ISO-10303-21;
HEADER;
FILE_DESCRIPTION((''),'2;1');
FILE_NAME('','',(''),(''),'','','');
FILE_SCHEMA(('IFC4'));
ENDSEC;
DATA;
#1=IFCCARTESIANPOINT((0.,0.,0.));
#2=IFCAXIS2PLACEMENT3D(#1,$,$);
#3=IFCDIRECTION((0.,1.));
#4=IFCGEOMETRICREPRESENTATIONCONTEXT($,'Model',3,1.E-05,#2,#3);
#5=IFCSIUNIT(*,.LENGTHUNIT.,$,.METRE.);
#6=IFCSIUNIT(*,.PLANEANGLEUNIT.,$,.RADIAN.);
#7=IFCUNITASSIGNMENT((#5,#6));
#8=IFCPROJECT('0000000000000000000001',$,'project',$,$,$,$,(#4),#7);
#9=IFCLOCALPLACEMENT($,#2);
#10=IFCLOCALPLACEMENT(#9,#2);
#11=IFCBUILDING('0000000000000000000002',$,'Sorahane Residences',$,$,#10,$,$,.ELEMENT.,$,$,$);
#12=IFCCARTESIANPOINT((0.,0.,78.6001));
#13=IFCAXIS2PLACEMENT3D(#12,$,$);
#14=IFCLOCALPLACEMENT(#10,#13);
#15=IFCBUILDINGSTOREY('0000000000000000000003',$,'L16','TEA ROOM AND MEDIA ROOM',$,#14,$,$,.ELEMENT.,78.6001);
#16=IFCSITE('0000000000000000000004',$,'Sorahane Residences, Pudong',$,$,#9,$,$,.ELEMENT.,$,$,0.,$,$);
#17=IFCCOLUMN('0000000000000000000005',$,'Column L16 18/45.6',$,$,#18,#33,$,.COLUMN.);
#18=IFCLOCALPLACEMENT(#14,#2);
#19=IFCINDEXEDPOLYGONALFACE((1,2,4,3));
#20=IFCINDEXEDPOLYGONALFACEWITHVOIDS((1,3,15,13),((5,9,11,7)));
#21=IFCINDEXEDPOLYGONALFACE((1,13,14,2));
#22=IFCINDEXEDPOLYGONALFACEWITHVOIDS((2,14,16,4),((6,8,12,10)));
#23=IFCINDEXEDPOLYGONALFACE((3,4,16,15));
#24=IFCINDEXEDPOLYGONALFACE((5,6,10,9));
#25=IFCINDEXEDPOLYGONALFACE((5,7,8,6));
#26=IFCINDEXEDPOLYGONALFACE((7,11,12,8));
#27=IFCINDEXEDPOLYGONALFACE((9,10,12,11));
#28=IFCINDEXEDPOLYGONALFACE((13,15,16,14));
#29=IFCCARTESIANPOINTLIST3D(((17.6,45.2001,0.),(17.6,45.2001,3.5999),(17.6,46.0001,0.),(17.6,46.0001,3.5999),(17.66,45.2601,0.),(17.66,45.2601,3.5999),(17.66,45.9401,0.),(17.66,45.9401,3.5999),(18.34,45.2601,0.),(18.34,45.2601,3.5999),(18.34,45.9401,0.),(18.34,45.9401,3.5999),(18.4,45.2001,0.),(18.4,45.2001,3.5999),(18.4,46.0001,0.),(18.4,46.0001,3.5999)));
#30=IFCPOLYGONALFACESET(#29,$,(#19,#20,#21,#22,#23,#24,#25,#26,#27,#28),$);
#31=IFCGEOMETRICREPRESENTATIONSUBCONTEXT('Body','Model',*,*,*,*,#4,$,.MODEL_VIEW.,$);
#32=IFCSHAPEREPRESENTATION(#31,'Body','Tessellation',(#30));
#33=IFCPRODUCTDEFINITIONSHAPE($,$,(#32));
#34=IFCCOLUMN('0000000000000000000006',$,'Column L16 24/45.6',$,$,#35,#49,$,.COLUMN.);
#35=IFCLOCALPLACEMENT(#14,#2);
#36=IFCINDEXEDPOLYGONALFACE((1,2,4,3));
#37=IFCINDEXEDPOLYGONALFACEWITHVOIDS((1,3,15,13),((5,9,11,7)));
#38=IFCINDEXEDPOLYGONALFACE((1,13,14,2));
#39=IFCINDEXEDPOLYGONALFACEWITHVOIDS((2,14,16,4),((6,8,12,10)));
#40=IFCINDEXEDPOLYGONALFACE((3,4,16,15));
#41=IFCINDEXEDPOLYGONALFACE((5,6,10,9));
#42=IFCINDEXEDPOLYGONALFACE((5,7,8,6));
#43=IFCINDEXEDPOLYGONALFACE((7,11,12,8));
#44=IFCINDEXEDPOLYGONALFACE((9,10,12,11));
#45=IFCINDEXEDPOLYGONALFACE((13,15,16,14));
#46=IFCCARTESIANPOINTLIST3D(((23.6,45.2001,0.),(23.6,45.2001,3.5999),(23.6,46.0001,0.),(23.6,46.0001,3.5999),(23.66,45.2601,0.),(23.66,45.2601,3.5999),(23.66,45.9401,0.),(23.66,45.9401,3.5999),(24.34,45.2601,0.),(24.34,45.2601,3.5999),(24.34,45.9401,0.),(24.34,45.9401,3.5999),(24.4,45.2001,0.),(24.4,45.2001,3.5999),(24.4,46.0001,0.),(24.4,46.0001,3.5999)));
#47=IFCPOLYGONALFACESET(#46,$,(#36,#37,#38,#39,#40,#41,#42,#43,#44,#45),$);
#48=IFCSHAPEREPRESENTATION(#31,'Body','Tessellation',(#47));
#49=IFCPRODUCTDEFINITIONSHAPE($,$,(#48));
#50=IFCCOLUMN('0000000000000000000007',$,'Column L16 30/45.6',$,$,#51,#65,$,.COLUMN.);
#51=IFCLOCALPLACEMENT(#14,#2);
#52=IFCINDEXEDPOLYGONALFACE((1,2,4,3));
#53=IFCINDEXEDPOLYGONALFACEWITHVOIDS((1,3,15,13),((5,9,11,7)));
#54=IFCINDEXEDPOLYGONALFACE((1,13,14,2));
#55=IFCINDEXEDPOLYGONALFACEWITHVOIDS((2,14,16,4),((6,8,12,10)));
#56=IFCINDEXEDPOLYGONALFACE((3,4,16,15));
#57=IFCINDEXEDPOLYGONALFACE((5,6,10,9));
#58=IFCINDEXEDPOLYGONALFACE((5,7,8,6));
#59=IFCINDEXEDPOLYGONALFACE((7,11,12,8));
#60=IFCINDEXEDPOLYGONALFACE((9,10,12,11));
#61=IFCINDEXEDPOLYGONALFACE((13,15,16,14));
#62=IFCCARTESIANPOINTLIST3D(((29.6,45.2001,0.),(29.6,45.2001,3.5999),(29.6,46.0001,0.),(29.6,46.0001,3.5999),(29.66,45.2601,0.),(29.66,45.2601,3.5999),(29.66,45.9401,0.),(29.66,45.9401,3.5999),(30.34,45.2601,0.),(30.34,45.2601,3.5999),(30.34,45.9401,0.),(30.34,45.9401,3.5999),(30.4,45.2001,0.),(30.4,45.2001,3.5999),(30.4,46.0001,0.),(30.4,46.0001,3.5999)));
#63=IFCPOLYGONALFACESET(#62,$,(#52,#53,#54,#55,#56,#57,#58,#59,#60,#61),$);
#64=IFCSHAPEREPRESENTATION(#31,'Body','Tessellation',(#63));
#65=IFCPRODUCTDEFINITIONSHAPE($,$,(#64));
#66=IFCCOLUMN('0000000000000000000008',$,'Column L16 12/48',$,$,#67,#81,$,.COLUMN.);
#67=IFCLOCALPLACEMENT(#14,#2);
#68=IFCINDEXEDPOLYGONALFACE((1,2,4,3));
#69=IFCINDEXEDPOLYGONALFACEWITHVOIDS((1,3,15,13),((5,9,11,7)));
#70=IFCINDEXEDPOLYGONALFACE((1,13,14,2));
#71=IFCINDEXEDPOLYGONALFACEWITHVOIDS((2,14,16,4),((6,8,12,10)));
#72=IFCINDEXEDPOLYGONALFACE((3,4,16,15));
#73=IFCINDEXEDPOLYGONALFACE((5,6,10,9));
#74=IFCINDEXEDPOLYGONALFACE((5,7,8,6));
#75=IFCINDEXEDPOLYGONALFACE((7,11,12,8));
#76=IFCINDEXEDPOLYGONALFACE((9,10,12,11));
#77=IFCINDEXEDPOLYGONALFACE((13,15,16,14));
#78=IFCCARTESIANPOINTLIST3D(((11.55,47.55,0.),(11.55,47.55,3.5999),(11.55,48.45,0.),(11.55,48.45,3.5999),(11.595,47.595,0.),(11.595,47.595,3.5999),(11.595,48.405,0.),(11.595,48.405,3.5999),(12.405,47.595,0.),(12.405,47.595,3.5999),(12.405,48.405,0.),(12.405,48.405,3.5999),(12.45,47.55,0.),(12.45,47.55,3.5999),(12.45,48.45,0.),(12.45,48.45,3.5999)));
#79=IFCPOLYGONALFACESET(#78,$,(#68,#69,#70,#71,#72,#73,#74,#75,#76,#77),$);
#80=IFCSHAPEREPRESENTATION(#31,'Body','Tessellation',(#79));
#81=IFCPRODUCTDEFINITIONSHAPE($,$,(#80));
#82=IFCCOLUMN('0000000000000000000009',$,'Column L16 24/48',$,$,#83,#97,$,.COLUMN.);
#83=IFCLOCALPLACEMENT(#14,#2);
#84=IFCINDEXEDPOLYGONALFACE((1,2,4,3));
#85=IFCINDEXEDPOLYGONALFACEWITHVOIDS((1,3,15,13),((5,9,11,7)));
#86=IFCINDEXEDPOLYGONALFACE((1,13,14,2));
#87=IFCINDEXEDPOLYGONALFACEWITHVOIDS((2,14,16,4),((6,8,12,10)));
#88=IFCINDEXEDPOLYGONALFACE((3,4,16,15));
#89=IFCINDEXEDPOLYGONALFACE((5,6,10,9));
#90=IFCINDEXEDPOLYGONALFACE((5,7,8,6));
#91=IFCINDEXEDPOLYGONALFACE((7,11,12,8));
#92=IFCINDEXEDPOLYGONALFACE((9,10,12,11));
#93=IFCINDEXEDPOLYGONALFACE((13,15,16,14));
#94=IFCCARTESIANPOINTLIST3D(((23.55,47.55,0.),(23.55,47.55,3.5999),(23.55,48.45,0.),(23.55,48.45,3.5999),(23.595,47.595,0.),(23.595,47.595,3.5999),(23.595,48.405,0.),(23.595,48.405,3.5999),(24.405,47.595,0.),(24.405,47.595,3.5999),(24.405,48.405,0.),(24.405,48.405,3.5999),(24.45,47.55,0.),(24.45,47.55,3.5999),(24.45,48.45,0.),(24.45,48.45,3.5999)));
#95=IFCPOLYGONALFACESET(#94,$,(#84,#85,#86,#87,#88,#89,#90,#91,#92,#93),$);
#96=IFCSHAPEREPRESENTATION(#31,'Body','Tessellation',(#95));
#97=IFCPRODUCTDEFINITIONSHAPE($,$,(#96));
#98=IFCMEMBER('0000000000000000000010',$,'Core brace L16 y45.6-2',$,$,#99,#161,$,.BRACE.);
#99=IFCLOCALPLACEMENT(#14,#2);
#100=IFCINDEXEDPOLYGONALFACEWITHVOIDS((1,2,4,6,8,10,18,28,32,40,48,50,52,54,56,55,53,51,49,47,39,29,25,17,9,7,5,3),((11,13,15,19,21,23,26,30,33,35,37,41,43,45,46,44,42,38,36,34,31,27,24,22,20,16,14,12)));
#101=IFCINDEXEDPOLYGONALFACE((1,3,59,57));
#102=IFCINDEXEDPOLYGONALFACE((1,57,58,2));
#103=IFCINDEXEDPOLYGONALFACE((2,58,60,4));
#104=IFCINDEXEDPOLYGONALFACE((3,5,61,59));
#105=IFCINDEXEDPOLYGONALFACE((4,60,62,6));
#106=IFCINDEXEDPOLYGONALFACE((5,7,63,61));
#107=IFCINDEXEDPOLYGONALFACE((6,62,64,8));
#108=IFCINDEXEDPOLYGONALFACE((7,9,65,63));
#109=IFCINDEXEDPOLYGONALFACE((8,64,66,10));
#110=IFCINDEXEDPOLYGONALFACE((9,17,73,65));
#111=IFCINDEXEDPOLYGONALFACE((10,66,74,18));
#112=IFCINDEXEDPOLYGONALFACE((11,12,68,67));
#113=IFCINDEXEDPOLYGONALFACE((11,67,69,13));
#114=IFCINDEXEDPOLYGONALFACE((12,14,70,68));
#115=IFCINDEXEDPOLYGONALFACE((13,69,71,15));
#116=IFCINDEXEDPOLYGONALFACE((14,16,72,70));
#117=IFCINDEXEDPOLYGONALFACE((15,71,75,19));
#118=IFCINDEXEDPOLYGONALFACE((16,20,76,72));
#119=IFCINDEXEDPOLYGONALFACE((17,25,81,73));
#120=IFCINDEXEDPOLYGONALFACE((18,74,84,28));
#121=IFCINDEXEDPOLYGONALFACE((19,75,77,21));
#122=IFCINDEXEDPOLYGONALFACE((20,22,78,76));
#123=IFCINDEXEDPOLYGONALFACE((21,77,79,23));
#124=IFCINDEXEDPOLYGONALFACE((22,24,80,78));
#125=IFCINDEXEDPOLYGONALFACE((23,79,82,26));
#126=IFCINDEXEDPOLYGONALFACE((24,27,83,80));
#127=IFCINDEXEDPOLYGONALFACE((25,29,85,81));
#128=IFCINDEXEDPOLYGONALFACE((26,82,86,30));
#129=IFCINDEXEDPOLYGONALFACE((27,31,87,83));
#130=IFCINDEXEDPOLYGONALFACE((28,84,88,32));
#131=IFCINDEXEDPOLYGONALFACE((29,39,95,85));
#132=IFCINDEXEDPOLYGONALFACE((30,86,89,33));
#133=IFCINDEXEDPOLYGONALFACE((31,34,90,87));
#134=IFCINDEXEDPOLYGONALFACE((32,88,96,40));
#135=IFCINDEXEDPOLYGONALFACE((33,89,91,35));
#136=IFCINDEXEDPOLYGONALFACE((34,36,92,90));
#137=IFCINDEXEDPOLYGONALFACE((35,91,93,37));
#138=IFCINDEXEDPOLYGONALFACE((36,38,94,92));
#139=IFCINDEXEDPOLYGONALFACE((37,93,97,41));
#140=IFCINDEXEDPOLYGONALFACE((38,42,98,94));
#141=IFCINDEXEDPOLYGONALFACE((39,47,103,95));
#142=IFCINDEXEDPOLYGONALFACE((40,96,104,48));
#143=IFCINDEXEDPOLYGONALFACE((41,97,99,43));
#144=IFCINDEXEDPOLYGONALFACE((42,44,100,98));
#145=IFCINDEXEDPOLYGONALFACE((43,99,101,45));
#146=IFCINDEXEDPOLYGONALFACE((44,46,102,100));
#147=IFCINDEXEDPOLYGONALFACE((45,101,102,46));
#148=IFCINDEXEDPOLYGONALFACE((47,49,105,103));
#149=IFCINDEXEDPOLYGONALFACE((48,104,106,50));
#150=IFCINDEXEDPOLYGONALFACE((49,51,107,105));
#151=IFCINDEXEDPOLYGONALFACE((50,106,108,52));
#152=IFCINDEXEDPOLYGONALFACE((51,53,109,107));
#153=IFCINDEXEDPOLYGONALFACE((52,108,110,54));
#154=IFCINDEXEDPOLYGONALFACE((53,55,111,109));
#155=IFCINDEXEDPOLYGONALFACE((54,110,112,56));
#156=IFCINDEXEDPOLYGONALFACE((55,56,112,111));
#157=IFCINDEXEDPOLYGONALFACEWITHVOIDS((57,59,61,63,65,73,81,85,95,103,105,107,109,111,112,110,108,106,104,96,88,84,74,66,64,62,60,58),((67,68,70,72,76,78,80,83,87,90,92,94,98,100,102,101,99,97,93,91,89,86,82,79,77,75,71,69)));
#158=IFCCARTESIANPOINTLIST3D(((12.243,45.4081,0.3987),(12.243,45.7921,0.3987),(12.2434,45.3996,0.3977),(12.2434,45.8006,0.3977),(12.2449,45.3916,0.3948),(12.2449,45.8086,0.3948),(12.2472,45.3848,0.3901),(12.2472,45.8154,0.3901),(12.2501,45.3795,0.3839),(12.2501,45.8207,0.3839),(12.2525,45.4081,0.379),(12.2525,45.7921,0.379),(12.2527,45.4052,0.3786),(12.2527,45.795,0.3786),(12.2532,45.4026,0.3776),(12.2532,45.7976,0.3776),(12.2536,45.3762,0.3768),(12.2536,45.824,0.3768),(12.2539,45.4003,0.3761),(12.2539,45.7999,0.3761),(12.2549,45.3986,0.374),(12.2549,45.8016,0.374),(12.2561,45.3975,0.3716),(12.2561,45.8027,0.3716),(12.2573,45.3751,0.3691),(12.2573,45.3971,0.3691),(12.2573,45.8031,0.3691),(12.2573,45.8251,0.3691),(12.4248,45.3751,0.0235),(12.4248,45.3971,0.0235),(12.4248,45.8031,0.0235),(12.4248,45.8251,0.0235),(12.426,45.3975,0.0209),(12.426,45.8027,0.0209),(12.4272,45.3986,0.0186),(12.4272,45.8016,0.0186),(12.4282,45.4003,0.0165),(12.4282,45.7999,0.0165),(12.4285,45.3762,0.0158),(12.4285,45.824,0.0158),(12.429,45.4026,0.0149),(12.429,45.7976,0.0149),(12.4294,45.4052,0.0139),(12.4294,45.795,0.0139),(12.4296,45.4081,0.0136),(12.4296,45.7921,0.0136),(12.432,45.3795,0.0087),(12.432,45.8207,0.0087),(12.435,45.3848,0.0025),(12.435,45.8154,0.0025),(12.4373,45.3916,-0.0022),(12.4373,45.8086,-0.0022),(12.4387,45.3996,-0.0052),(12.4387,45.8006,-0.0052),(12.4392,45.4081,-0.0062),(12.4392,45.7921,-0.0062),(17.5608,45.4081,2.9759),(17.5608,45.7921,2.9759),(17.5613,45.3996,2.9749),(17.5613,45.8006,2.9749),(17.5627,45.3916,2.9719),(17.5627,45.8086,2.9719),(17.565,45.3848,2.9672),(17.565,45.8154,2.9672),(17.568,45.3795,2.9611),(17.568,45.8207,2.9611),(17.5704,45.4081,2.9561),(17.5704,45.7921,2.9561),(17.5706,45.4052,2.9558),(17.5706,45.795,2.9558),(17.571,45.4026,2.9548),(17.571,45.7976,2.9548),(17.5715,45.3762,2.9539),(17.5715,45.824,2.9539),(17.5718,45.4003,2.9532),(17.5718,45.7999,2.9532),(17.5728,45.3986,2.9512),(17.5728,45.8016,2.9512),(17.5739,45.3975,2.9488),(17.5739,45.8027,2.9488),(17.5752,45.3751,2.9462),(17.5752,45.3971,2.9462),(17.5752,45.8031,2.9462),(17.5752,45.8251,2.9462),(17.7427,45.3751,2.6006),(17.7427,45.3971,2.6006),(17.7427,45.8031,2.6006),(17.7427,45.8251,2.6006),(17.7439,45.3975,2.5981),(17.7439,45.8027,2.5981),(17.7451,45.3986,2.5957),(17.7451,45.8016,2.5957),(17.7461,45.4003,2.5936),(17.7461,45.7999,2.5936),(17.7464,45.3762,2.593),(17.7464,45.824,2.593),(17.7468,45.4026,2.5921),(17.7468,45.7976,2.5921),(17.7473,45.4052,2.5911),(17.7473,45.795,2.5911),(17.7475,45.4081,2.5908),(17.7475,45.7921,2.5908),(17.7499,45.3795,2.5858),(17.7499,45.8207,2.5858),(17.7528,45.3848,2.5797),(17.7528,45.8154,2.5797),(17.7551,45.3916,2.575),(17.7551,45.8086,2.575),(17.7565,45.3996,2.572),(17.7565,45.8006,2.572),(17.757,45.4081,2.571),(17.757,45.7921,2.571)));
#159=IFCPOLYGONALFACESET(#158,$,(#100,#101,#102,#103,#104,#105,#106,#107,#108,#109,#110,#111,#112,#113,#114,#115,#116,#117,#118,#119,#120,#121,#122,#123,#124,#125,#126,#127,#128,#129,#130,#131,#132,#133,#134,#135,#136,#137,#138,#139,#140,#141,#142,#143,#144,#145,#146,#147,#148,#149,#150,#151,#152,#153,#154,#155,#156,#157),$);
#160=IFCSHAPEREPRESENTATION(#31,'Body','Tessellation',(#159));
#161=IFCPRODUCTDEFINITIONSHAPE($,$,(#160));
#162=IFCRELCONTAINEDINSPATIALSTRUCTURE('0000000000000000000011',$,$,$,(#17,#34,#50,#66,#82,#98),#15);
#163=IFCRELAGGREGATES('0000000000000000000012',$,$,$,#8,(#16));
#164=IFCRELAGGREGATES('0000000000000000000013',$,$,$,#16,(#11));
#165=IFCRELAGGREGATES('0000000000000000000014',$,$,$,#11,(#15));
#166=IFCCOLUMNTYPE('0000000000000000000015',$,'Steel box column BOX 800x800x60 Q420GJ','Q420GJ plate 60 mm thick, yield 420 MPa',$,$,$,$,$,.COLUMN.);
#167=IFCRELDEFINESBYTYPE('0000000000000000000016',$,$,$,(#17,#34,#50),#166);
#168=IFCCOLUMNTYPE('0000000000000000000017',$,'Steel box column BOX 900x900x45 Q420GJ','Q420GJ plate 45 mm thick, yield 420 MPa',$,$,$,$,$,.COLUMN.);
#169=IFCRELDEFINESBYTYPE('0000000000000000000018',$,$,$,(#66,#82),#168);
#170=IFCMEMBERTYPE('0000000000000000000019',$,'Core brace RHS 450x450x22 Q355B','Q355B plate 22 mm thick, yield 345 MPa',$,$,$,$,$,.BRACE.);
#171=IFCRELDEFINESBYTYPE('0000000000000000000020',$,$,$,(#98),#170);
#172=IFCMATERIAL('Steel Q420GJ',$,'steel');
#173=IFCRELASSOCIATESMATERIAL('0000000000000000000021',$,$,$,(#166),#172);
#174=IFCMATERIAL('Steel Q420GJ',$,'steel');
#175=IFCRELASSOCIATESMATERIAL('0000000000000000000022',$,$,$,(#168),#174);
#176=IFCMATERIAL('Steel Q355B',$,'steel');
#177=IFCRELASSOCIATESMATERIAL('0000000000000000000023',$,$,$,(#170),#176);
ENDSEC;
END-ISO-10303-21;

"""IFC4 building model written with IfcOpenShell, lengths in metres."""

from ifc_helpers import new_model, si_unit, direction, frame, origin, origin_2d, place, context, subcontext, project, spatial, hollow_rectangle, extrude, material, material_profile, profile_set, type_object, element, save


model = new_model("IFC4")

# Units and contexts
model_context = context("Model", 3, precision=1e-05, world=origin(), true_north=direction((0.0, 1.0)))
body_context = subcontext(model_context, "Body", "Model", "MODEL_VIEW")
ifc_project = project(units=[si_unit("LENGTHUNIT", "METRE"), si_unit("PLANEANGLEUNIT", "RADIAN")], contexts=[model_context])

# Site, building, storey
site_placement = place(None, origin())
site = spatial("IfcSite", under=ifc_project, at=site_placement, Name="Sorahane Residences, Pudong", CompositionType="ELEMENT", RefElevation=0.0)
building_placement = place(site_placement, origin())
building = spatial("IfcBuilding", under=site, at=building_placement, Name="Sorahane Residences", CompositionType="ELEMENT")
storey_placement = place(building_placement, frame((0.0, 0.0, 78.6001)))
storey = spatial("IfcBuildingStorey", under=building, at=storey_placement, Name="L16", Description="TEA ROOM AND MEDIA ROOM", CompositionType="ELEMENT", Elevation=78.6001)

# Columns
ifc_material_1 = material(Name="Steel Q420GJ", Category="steel")
ifc_material_profile_1 = material_profile(ifc_material_1, hollow_rectangle(XDim=0.8, YDim=0.8, WallThickness=0.0601, at=origin_2d()), Name="BOX 800x800x60")
ifc_profile_set_1 = profile_set([ifc_material_profile_1], Name="Steel Q420GJ")
column_type_1 = type_object("IfcColumnType", Name="Steel box column BOX 800x800x60 Q420GJ", Description="Q420GJ plate 60 mm thick, yield 420 MPa", PredefinedType="COLUMN", material=ifc_profile_set_1)
for number, where, z_axis, x_axis, name in (
    (1, (18.0, 45.6001, 0.0), (0.0, 0.0, 1.0), (1.0, 0.0, 0.0), "Column L16 18/45.6"),
    (2, (24.0, 45.6001, 0.0), (0.0, 0.0, 1.0), (1.0, 0.0, 0.0), "Column L16 24/45.6"),
    (3, (30.0, 45.6001, 0.0), (0.0, 0.0, 1.0), (1.0, 0.0, 0.0), "Column L16 30/45.6"),
):
    element("IfcColumn", number, at=place(storey_placement, frame(where, z_axis=z_axis, x_axis=x_axis)), inside=storey, type_object=column_type_1, Name=name, PredefinedType="COLUMN", context=body_context, shape_type="SweptSolid", body=[
        extrude(hollow_rectangle(XDim=0.8, YDim=0.8, WallThickness=0.0601, at=origin_2d()), origin(), (0.0, 0.0, 1.0), 3.5999),
    ])
ifc_material_2 = material(Name="Steel Q420GJ", Category="steel")
ifc_material_profile_2 = material_profile(ifc_material_2, hollow_rectangle(XDim=0.8999, YDim=0.8999, WallThickness=0.0449, at=origin_2d()), Name="BOX 900x900x45")
ifc_profile_set_2 = profile_set([ifc_material_profile_2], Name="Steel Q420GJ")
column_type_2 = type_object("IfcColumnType", Name="Steel box column BOX 900x900x45 Q420GJ", Description="Q420GJ plate 45 mm thick, yield 420 MPa", PredefinedType="COLUMN", material=ifc_profile_set_2)
for number, where, z_axis, x_axis, name in (
    (4, (12.0, 48.0, 0.0), (0.0, 0.0, 1.0), (1.0, 0.0, 0.0), "Column L16 12/48"),
    (5, (24.0, 48.0, 0.0), (0.0, 0.0, 1.0), (1.0, 0.0, 0.0), "Column L16 24/48"),
):
    element("IfcColumn", number, at=place(storey_placement, frame(where, z_axis=z_axis, x_axis=x_axis)), inside=storey, type_object=column_type_2, Name=name, PredefinedType="COLUMN", context=body_context, shape_type="SweptSolid", body=[
        extrude(hollow_rectangle(XDim=0.8999, YDim=0.8999, WallThickness=0.0449, at=origin_2d()), origin(), (0.0, 0.0, 1.0), 3.5999),
    ])

# Member
ifc_material_3 = material(Name="Steel Q355B", Category="steel")
ifc_material_profile_3 = material_profile(ifc_material_3, hollow_rectangle(XDim=0.45, YDim=0.45, WallThickness=0.022, InnerFilletRadius=0.011, OuterFilletRadius=0.033, at=origin_2d()), Name="RHS 450x450x22")
ifc_profile_set_3 = profile_set([ifc_material_profile_3], Name="Steel Q355B")
member_type_1 = type_object("IfcMemberType", Name="Core brace RHS 450x450x22 Q355B", Description="Q355B plate 22 mm thick, yield 345 MPa", PredefinedType="BRACE", material=ifc_profile_set_3)
for number, where, z_axis, x_axis, name in (
    (6, (12.3411, 45.6001, 0.1963), (0.899895, 0.0, 0.436107), (0.0, 1.0, 0.0), "Core brace L16 y45.6-2"),
):
    element("IfcMember", number, at=place(storey_placement, frame(where, z_axis=z_axis, x_axis=x_axis)), inside=storey, type_object=member_type_1, Name=name, PredefinedType="BRACE", context=body_context, shape_type="SweptSolid", body=[
        extrude(hollow_rectangle(XDim=0.45, YDim=0.45, WallThickness=0.022, InnerFilletRadius=0.011, OuterFilletRadius=0.033, at=origin_2d()), origin(), (0.0, 0.0, 1.0), 5.9094),
    ])

save(model, "model.ifc")
